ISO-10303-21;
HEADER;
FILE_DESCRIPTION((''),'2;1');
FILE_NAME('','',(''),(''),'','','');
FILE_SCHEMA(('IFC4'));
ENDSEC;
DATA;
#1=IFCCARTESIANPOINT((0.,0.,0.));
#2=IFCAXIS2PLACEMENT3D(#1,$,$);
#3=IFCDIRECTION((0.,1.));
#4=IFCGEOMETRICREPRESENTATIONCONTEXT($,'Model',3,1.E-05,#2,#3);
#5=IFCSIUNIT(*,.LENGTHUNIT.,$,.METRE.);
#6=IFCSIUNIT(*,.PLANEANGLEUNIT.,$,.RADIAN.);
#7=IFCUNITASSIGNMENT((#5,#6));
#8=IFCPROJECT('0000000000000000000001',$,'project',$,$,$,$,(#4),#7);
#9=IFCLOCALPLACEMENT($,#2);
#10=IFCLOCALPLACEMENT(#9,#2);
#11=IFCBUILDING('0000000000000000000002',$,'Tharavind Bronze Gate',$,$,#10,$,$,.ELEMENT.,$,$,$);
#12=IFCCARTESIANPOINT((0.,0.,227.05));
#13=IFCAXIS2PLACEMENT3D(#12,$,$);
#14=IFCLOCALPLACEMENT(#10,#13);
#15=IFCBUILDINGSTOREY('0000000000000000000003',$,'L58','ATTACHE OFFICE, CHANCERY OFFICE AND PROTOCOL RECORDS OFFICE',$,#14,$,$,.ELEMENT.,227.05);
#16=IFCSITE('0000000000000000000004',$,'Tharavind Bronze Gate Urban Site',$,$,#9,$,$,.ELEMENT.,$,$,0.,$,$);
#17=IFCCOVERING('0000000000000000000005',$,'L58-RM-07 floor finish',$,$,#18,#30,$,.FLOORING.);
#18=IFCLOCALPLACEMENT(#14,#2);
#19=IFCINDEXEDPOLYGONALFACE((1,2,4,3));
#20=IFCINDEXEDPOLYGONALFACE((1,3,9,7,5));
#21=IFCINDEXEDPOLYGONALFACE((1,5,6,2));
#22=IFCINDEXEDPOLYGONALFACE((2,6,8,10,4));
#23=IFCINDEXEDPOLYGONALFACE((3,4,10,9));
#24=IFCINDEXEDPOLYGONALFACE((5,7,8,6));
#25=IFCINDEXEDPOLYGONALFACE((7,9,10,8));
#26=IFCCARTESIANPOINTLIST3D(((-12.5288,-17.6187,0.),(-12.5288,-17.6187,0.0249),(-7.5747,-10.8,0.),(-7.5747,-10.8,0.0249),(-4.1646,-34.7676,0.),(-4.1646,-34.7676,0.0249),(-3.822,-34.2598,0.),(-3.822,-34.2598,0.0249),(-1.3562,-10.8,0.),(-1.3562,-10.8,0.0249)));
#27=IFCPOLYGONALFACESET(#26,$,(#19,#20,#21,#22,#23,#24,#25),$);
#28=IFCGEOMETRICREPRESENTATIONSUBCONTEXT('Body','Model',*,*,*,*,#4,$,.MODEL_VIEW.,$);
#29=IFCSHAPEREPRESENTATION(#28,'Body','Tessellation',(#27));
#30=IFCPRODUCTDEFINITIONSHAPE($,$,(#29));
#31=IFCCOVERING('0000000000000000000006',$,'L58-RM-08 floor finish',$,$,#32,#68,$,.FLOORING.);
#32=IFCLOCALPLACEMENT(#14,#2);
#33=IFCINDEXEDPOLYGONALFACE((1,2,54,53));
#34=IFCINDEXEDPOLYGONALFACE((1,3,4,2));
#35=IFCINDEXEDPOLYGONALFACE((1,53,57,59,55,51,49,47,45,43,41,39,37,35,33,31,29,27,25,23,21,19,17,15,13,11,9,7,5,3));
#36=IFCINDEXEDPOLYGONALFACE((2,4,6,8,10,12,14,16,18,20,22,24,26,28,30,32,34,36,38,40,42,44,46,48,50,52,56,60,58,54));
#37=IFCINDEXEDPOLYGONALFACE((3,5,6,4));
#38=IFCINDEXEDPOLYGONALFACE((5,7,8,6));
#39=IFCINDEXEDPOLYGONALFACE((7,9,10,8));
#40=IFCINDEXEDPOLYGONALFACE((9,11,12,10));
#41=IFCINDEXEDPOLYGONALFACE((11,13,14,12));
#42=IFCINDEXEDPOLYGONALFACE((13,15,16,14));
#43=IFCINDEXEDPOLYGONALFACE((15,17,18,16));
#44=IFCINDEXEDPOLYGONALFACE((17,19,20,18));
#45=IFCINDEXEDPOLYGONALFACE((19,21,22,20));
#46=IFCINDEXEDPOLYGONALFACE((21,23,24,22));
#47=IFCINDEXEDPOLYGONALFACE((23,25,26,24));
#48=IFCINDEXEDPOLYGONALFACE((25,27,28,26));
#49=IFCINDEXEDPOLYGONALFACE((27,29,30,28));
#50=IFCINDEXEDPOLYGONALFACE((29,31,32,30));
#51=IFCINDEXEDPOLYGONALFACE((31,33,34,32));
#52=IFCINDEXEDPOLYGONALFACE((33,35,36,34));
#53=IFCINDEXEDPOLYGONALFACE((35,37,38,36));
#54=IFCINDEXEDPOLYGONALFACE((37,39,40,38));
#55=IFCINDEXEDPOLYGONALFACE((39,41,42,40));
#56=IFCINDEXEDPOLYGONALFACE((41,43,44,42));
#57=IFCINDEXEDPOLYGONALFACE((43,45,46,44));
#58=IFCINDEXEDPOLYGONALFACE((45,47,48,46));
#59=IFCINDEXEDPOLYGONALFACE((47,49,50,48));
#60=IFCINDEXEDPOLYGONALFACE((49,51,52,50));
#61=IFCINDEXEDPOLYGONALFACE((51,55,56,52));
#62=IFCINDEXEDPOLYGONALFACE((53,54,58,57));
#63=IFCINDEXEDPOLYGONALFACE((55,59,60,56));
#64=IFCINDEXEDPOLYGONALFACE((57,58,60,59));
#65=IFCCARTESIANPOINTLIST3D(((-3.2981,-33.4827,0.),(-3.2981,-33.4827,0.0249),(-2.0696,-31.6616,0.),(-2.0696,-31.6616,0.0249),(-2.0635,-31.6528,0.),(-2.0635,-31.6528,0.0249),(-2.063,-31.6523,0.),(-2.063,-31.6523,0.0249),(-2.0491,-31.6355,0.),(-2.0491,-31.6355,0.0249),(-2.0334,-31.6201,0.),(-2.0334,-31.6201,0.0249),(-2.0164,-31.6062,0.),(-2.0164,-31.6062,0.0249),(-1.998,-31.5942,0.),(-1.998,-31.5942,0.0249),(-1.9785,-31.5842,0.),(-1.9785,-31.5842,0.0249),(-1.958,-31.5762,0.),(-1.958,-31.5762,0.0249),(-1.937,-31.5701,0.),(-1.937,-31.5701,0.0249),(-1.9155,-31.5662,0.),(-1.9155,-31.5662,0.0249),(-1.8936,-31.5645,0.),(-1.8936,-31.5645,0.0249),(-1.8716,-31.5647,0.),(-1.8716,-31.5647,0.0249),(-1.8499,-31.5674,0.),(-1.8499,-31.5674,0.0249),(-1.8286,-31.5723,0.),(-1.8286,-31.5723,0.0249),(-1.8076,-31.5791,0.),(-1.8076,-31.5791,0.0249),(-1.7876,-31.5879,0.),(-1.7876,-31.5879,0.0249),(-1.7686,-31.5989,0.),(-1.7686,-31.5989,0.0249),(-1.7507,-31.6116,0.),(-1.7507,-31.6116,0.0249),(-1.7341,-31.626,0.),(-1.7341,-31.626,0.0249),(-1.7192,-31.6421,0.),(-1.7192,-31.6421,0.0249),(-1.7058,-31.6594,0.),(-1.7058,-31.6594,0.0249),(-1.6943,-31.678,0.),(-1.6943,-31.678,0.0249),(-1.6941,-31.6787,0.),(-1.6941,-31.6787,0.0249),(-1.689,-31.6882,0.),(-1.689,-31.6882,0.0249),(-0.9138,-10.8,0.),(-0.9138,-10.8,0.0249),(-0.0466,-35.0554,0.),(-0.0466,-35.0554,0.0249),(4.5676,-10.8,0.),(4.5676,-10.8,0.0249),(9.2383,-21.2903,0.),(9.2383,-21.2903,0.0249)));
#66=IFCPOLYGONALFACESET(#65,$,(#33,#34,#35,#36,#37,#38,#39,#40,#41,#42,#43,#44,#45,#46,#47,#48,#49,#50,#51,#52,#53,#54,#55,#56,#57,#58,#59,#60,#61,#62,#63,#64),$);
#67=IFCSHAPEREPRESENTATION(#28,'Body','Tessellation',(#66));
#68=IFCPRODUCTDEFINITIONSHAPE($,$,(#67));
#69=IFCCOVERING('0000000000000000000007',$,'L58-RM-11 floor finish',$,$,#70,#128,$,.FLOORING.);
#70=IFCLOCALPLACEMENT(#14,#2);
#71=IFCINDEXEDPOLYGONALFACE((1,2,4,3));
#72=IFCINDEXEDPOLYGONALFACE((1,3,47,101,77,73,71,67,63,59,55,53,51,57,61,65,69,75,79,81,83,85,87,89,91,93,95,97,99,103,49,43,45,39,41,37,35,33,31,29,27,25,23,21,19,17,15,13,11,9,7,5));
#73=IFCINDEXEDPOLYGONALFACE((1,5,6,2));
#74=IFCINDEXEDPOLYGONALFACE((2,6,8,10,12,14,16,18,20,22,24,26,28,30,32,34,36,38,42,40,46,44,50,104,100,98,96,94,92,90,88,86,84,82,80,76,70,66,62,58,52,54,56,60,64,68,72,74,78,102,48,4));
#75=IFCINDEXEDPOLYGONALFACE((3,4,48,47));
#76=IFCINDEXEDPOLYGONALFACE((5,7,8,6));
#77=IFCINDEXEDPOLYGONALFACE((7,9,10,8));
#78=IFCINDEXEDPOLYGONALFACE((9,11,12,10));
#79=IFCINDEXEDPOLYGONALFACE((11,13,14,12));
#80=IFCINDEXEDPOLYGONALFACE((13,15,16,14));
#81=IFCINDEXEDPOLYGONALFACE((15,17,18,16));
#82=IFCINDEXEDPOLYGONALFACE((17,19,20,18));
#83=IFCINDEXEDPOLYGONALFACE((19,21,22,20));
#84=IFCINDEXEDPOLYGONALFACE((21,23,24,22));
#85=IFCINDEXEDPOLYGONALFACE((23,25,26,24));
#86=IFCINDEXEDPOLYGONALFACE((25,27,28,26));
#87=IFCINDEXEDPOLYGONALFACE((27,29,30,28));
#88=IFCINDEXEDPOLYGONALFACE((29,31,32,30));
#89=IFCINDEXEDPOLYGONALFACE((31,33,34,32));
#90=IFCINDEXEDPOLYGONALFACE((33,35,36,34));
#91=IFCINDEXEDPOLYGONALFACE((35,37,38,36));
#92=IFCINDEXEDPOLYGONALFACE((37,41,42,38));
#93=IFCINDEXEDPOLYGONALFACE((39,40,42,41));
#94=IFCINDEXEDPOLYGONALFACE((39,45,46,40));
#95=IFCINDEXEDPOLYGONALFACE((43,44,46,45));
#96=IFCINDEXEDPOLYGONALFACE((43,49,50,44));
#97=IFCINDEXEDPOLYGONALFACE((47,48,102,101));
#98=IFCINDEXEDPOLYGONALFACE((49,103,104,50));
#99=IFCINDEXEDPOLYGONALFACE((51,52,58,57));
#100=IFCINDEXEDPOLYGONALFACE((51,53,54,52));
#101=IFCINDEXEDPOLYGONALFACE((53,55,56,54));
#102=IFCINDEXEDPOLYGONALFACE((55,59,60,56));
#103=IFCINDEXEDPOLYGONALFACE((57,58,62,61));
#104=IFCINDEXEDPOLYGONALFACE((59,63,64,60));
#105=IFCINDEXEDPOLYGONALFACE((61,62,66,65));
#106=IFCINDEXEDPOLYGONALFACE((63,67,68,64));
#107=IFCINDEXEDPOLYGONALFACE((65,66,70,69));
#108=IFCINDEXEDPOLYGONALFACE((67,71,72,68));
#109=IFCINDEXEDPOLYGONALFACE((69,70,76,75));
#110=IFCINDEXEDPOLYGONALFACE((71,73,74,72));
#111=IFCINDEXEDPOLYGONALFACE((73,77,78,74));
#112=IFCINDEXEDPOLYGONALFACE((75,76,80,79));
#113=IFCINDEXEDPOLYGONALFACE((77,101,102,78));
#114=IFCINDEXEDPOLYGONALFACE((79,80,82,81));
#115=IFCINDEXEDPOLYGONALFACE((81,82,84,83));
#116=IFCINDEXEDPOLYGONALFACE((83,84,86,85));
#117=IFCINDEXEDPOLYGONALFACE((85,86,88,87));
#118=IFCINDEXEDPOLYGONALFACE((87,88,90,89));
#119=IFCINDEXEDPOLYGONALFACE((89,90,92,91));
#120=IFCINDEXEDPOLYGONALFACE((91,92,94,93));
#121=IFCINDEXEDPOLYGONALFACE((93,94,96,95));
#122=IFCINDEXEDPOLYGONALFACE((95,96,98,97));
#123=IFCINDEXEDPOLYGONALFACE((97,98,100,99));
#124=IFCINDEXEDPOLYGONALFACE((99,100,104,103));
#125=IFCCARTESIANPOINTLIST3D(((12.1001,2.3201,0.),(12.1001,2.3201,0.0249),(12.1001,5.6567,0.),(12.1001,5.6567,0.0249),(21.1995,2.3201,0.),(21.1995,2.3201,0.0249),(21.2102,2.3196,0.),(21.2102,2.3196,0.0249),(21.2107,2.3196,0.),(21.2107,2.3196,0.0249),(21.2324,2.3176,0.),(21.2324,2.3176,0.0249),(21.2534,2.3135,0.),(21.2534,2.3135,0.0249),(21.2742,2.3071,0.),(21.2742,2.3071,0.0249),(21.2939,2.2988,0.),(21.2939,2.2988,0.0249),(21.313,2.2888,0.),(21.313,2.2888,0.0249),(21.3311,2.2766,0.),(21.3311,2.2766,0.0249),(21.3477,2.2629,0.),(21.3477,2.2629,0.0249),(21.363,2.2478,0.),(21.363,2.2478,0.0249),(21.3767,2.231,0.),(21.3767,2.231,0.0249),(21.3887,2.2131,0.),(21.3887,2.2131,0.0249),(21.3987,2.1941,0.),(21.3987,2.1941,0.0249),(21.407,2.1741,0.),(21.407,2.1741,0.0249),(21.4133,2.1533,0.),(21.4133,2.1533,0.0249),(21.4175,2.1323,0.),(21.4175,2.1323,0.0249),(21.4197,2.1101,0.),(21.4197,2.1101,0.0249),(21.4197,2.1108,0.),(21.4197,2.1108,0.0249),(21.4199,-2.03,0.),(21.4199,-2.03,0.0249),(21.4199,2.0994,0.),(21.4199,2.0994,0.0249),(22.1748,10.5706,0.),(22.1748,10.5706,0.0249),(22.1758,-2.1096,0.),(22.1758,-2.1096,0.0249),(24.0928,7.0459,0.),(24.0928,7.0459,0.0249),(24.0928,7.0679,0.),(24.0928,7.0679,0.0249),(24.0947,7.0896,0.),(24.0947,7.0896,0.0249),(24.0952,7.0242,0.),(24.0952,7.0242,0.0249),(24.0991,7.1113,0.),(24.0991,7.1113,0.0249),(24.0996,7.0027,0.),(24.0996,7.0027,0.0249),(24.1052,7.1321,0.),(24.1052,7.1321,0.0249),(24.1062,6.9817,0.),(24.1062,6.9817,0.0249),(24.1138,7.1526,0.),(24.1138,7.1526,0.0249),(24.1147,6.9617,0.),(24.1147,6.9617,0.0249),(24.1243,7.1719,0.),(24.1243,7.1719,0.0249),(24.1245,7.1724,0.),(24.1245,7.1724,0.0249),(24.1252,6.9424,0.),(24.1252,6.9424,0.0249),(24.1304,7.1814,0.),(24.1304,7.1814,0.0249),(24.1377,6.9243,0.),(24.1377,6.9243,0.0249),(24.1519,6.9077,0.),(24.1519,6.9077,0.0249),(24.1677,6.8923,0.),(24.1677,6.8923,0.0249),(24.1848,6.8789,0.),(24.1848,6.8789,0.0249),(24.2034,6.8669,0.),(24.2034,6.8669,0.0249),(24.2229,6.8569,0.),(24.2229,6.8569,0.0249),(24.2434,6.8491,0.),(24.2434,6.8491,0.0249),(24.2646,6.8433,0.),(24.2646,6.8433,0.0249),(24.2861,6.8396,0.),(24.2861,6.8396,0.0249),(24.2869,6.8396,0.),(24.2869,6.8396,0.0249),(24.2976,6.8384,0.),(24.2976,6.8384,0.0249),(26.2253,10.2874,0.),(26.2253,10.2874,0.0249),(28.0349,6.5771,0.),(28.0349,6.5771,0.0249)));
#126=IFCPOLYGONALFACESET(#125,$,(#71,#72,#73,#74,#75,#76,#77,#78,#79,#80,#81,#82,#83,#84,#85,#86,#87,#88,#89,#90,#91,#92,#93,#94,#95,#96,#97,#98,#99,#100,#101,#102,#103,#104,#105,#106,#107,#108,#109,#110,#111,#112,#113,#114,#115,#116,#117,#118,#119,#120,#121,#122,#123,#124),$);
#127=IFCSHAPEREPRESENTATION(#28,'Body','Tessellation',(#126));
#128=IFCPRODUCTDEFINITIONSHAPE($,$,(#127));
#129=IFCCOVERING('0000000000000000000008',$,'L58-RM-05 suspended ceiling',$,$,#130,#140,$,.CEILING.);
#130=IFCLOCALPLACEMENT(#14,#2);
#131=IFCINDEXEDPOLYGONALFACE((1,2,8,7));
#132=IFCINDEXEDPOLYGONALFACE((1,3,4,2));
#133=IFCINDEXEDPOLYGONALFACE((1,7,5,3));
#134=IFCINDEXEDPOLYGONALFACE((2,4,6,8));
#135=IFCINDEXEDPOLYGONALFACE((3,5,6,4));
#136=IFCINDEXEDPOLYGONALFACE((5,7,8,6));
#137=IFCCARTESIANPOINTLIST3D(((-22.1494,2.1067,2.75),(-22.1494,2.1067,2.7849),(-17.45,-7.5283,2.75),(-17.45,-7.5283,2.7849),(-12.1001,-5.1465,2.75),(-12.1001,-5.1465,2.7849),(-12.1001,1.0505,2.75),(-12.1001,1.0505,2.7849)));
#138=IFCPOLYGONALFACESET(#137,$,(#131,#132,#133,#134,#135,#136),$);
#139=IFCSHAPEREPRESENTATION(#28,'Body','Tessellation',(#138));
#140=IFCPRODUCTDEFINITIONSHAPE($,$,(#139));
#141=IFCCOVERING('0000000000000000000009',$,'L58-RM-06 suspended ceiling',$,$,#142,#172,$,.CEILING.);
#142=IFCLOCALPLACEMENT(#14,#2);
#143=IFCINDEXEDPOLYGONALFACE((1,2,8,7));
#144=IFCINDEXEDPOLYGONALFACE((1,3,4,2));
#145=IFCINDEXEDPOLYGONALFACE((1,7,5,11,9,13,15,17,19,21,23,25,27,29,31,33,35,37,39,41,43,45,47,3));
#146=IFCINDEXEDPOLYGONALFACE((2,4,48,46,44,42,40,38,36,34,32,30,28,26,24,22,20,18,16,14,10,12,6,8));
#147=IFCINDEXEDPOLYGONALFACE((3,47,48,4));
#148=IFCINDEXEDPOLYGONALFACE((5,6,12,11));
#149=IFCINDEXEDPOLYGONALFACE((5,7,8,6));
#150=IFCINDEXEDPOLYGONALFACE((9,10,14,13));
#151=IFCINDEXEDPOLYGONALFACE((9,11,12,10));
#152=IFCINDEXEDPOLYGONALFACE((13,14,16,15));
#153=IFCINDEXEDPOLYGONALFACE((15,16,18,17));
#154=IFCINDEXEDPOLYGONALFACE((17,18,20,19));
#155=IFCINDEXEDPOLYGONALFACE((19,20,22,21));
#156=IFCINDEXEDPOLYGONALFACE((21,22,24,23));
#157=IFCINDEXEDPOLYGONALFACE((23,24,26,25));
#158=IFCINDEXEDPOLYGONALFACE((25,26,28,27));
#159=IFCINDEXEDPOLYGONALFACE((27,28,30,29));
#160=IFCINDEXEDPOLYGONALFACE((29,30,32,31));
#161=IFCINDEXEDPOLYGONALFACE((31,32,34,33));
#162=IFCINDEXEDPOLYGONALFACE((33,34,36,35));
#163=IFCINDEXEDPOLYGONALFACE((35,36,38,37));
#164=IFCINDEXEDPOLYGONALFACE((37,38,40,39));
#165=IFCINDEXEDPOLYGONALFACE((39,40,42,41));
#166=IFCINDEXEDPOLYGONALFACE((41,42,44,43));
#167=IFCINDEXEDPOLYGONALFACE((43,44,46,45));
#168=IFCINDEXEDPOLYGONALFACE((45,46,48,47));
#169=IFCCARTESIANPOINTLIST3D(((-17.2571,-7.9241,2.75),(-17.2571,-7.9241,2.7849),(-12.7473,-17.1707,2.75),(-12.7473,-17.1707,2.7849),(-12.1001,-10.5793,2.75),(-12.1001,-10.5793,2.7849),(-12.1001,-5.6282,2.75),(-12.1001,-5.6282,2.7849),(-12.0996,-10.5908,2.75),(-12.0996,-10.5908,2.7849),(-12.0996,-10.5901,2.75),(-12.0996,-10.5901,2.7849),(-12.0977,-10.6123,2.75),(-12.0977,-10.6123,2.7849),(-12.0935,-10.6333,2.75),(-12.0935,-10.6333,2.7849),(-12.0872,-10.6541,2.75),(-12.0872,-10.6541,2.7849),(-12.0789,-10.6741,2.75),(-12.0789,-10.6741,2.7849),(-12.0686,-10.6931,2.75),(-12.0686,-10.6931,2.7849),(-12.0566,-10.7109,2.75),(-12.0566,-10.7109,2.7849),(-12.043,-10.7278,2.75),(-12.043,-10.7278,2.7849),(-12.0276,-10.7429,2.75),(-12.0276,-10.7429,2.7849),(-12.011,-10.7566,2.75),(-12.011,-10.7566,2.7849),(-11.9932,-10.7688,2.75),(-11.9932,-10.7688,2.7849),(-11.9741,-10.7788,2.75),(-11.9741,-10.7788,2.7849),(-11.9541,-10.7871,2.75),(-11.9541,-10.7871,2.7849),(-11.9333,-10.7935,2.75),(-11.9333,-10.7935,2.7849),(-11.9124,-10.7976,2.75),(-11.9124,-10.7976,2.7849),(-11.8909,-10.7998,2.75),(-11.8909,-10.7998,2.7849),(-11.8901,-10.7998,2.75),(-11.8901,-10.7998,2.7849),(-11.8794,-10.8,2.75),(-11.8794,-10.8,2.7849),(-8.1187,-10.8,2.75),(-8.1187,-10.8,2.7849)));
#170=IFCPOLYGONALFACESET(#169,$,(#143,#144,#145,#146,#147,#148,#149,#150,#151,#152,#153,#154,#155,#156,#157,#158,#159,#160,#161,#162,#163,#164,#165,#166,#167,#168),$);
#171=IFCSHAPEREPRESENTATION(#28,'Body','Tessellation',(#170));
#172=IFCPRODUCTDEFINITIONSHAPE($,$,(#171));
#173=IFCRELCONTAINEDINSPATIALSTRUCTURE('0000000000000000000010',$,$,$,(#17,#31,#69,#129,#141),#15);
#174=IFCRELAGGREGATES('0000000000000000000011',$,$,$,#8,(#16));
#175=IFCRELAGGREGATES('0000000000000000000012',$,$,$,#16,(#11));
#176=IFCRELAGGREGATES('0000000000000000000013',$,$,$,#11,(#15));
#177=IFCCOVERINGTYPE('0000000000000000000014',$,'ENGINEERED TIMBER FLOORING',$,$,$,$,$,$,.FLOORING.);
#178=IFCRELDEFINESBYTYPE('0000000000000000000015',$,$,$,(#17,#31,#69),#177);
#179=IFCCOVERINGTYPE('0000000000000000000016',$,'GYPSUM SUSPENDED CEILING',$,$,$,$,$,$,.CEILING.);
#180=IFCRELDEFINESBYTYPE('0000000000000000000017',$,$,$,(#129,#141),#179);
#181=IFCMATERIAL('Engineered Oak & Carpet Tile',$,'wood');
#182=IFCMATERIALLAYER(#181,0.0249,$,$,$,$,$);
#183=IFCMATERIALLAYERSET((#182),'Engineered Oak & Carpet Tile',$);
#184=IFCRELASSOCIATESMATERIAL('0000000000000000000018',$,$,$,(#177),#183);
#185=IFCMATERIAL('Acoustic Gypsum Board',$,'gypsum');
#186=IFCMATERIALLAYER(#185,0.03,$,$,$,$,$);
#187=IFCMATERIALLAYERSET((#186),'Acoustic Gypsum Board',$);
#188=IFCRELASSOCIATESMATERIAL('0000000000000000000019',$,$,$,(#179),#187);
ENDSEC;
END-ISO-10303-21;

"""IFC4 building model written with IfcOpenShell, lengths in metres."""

from ifc_helpers import new_model, si_unit, direction, frame, origin, place, context, subcontext, project, spatial, polyline, outline, extrude, material, layer, layer_set, type_object, element, save


model = new_model("IFC4")

# Units and contexts
model_context = context("Model", 3, precision=1e-05, world=origin(), true_north=direction((0.0, 1.0)))
body_context = subcontext(model_context, "Body", "Model", "MODEL_VIEW")
ifc_project = project(units=[si_unit("LENGTHUNIT", "METRE"), si_unit("PLANEANGLEUNIT", "RADIAN")], contexts=[model_context])

# Site, building, storey
site_placement = place(None, origin())
site = spatial("IfcSite", under=ifc_project, at=site_placement, Name="Tharavind Bronze Gate Urban Site", CompositionType="ELEMENT", RefElevation=0.0)
building_placement = place(site_placement, origin())
building = spatial("IfcBuilding", under=site, at=building_placement, Name="Tharavind Bronze Gate", CompositionType="ELEMENT")
storey_placement = place(building_placement, frame((0.0, 0.0, 227.05)))
storey = spatial("IfcBuildingStorey", under=building, at=storey_placement, Name="L58", Description="ATTACHE OFFICE, CHANCERY OFFICE AND PROTOCOL RECORDS OFFICE", CompositionType="ELEMENT", Elevation=227.05)

# Coverings
ifc_material_1 = material(Name="Engineered Oak & Carpet Tile", Category="wood")
ifc_layer_1 = layer(ifc_material_1, 0.0249)
ifc_layer_set_1 = layer_set([ifc_layer_1], Name="Engineered Oak & Carpet Tile")
covering_type_1 = type_object("IfcCoveringType", Name="ENGINEERED TIMBER FLOORING", PredefinedType="FLOORING", material=ifc_layer_set_1)
covering_1_placement = place(storey_placement, origin())
element("IfcCovering", 1, at=covering_1_placement, inside=storey, type_object=covering_type_1, Name="L58-RM-07 floor finish", PredefinedType="FLOORING", context=body_context, shape_type="SweptSolid", body=[
    extrude(outline(polyline([(-4.1646, -34.7676), (-3.822, -34.2598), (-1.3562, -10.8), (-7.5747, -10.8), (-12.5288, -17.6187), (-4.1646, -34.7676)])), origin(), (0.0, 0.0, 1.0), 0.0249),
])
covering_2_placement = place(storey_placement, origin())
element("IfcCovering", 2, at=covering_2_placement, inside=storey, type_object=covering_type_1, Name="L58-RM-08 floor finish", PredefinedType="FLOORING", context=body_context, shape_type="SweptSolid", body=[
    extrude(outline(polyline([(-2.0696, -31.6616), (-2.0635, -31.6528), (-2.063, -31.6523), (-2.0491, -31.6355), (-2.0334, -31.6201), (-2.0164, -31.6062), (-1.998, -31.5942), (-1.9785, -31.5842), (-1.958, -31.5762), (-1.937, -31.5701), (-1.9155, -31.5662), (-1.8936, -31.5645), (-1.8716, -31.5647), (-1.8499, -31.5674), (-1.8286, -31.5723), (-1.8076, -31.5791), (-1.7876, -31.5879), (-1.7686, -31.5989), (-1.7507, -31.6116), (-1.7341, -31.626), (-1.7192, -31.6421), (-1.7058, -31.6594), (-1.6943, -31.678), (-1.6941, -31.6787), (-1.689, -31.6882), (-0.0466, -35.0554), (9.2383, -21.2903), (4.5676, -10.8), (-0.9138, -10.8), (-3.2981, -33.4827), (-2.0696, -31.6616)])), origin(), (0.0, 0.0, 1.0), 0.0249),
])
covering_3_placement = place(storey_placement, origin())
element("IfcCovering", 3, at=covering_3_placement, inside=storey, type_object=covering_type_1, Name="L58-RM-11 floor finish", PredefinedType="FLOORING", context=body_context, shape_type="SweptSolid", body=[
    extrude(outline(polyline([(21.1995, 2.3201), (21.2102, 2.3196), (21.2107, 2.3196), (21.2324, 2.3176), (21.2534, 2.3135), (21.2742, 2.3071), (21.2939, 2.2988), (21.313, 2.2888), (21.3311, 2.2766), (21.3477, 2.2629), (21.363, 2.2478), (21.3767, 2.231), (21.3887, 2.2131), (21.3987, 2.1941), (21.407, 2.1741), (21.4133, 2.1533), (21.4175, 2.1323), (21.4197, 2.1108), (21.4197, 2.1101), (21.4199, 2.0994), (21.4199, -2.03), (22.1758, -2.1096), (28.0349, 6.5771), (24.2976, 6.8384), (24.2869, 6.8396), (24.2861, 6.8396), (24.2646, 6.8433), (24.2434, 6.8491), (24.2229, 6.8569), (24.2034, 6.8669), (24.1848, 6.8789), (24.1677, 6.8923), (24.1519, 6.9077), (24.1377, 6.9243), (24.1252, 6.9424), (24.1147, 6.9617), (24.1062, 6.9817), (24.0996, 7.0027), (24.0952, 7.0242), (24.0928, 7.0459), (24.0928, 7.0679), (24.0947, 7.0896), (24.0991, 7.1113), (24.1052, 7.1321), (24.1138, 7.1526), (24.1243, 7.1719), (24.1245, 7.1724), (24.1304, 7.1814), (26.2253, 10.2874), (22.1748, 10.5706), (12.1001, 5.6567), (12.1001, 2.3201), (21.1995, 2.3201)])), origin(), (0.0, 0.0, 1.0), 0.0249),
])
ifc_material_2 = material(Name="Acoustic Gypsum Board", Category="gypsum")
ifc_layer_2 = layer(ifc_material_2, 0.03)
ifc_layer_set_2 = layer_set([ifc_layer_2], Name="Acoustic Gypsum Board")
covering_type_2 = type_object("IfcCoveringType", Name="GYPSUM SUSPENDED CEILING", PredefinedType="CEILING", material=ifc_layer_set_2)
covering_4_placement = place(storey_placement, frame((0.0, 0.0, 2.75)))
element("IfcCovering", 4, at=covering_4_placement, inside=storey, type_object=covering_type_2, Name="L58-RM-05 suspended ceiling", PredefinedType="CEILING", context=body_context, shape_type="SweptSolid", body=[
    extrude(outline(polyline([(-17.45, -7.5283), (-12.1001, -5.1465), (-12.1001, 1.0505), (-22.1494, 2.1067), (-17.45, -7.5283)])), origin(), (0.0, 0.0, 1.0), 0.0349),
])
covering_5_placement = place(storey_placement, frame((0.0, 0.0, 2.75)))
element("IfcCovering", 5, at=covering_5_placement, inside=storey, type_object=covering_type_2, Name="L58-RM-06 suspended ceiling", PredefinedType="CEILING", context=body_context, shape_type="SweptSolid", body=[
    extrude(outline(polyline([(-12.7473, -17.1707), (-8.1187, -10.8), (-11.8794, -10.8), (-11.8901, -10.7998), (-11.8909, -10.7998), (-11.9124, -10.7976), (-11.9333, -10.7935), (-11.9541, -10.7871), (-11.9741, -10.7788), (-11.9932, -10.7688), (-12.011, -10.7566), (-12.0276, -10.7429), (-12.043, -10.7278), (-12.0566, -10.7109), (-12.0686, -10.6931), (-12.0789, -10.6741), (-12.0872, -10.6541), (-12.0935, -10.6333), (-12.0977, -10.6123), (-12.0996, -10.5908), (-12.0996, -10.5901), (-12.1001, -10.5793), (-12.1001, -5.6282), (-17.2571, -7.9241), (-12.7473, -17.1707)])), origin(), (0.0, 0.0, 1.0), 0.0349),
])

save(model, "model.ifc")
